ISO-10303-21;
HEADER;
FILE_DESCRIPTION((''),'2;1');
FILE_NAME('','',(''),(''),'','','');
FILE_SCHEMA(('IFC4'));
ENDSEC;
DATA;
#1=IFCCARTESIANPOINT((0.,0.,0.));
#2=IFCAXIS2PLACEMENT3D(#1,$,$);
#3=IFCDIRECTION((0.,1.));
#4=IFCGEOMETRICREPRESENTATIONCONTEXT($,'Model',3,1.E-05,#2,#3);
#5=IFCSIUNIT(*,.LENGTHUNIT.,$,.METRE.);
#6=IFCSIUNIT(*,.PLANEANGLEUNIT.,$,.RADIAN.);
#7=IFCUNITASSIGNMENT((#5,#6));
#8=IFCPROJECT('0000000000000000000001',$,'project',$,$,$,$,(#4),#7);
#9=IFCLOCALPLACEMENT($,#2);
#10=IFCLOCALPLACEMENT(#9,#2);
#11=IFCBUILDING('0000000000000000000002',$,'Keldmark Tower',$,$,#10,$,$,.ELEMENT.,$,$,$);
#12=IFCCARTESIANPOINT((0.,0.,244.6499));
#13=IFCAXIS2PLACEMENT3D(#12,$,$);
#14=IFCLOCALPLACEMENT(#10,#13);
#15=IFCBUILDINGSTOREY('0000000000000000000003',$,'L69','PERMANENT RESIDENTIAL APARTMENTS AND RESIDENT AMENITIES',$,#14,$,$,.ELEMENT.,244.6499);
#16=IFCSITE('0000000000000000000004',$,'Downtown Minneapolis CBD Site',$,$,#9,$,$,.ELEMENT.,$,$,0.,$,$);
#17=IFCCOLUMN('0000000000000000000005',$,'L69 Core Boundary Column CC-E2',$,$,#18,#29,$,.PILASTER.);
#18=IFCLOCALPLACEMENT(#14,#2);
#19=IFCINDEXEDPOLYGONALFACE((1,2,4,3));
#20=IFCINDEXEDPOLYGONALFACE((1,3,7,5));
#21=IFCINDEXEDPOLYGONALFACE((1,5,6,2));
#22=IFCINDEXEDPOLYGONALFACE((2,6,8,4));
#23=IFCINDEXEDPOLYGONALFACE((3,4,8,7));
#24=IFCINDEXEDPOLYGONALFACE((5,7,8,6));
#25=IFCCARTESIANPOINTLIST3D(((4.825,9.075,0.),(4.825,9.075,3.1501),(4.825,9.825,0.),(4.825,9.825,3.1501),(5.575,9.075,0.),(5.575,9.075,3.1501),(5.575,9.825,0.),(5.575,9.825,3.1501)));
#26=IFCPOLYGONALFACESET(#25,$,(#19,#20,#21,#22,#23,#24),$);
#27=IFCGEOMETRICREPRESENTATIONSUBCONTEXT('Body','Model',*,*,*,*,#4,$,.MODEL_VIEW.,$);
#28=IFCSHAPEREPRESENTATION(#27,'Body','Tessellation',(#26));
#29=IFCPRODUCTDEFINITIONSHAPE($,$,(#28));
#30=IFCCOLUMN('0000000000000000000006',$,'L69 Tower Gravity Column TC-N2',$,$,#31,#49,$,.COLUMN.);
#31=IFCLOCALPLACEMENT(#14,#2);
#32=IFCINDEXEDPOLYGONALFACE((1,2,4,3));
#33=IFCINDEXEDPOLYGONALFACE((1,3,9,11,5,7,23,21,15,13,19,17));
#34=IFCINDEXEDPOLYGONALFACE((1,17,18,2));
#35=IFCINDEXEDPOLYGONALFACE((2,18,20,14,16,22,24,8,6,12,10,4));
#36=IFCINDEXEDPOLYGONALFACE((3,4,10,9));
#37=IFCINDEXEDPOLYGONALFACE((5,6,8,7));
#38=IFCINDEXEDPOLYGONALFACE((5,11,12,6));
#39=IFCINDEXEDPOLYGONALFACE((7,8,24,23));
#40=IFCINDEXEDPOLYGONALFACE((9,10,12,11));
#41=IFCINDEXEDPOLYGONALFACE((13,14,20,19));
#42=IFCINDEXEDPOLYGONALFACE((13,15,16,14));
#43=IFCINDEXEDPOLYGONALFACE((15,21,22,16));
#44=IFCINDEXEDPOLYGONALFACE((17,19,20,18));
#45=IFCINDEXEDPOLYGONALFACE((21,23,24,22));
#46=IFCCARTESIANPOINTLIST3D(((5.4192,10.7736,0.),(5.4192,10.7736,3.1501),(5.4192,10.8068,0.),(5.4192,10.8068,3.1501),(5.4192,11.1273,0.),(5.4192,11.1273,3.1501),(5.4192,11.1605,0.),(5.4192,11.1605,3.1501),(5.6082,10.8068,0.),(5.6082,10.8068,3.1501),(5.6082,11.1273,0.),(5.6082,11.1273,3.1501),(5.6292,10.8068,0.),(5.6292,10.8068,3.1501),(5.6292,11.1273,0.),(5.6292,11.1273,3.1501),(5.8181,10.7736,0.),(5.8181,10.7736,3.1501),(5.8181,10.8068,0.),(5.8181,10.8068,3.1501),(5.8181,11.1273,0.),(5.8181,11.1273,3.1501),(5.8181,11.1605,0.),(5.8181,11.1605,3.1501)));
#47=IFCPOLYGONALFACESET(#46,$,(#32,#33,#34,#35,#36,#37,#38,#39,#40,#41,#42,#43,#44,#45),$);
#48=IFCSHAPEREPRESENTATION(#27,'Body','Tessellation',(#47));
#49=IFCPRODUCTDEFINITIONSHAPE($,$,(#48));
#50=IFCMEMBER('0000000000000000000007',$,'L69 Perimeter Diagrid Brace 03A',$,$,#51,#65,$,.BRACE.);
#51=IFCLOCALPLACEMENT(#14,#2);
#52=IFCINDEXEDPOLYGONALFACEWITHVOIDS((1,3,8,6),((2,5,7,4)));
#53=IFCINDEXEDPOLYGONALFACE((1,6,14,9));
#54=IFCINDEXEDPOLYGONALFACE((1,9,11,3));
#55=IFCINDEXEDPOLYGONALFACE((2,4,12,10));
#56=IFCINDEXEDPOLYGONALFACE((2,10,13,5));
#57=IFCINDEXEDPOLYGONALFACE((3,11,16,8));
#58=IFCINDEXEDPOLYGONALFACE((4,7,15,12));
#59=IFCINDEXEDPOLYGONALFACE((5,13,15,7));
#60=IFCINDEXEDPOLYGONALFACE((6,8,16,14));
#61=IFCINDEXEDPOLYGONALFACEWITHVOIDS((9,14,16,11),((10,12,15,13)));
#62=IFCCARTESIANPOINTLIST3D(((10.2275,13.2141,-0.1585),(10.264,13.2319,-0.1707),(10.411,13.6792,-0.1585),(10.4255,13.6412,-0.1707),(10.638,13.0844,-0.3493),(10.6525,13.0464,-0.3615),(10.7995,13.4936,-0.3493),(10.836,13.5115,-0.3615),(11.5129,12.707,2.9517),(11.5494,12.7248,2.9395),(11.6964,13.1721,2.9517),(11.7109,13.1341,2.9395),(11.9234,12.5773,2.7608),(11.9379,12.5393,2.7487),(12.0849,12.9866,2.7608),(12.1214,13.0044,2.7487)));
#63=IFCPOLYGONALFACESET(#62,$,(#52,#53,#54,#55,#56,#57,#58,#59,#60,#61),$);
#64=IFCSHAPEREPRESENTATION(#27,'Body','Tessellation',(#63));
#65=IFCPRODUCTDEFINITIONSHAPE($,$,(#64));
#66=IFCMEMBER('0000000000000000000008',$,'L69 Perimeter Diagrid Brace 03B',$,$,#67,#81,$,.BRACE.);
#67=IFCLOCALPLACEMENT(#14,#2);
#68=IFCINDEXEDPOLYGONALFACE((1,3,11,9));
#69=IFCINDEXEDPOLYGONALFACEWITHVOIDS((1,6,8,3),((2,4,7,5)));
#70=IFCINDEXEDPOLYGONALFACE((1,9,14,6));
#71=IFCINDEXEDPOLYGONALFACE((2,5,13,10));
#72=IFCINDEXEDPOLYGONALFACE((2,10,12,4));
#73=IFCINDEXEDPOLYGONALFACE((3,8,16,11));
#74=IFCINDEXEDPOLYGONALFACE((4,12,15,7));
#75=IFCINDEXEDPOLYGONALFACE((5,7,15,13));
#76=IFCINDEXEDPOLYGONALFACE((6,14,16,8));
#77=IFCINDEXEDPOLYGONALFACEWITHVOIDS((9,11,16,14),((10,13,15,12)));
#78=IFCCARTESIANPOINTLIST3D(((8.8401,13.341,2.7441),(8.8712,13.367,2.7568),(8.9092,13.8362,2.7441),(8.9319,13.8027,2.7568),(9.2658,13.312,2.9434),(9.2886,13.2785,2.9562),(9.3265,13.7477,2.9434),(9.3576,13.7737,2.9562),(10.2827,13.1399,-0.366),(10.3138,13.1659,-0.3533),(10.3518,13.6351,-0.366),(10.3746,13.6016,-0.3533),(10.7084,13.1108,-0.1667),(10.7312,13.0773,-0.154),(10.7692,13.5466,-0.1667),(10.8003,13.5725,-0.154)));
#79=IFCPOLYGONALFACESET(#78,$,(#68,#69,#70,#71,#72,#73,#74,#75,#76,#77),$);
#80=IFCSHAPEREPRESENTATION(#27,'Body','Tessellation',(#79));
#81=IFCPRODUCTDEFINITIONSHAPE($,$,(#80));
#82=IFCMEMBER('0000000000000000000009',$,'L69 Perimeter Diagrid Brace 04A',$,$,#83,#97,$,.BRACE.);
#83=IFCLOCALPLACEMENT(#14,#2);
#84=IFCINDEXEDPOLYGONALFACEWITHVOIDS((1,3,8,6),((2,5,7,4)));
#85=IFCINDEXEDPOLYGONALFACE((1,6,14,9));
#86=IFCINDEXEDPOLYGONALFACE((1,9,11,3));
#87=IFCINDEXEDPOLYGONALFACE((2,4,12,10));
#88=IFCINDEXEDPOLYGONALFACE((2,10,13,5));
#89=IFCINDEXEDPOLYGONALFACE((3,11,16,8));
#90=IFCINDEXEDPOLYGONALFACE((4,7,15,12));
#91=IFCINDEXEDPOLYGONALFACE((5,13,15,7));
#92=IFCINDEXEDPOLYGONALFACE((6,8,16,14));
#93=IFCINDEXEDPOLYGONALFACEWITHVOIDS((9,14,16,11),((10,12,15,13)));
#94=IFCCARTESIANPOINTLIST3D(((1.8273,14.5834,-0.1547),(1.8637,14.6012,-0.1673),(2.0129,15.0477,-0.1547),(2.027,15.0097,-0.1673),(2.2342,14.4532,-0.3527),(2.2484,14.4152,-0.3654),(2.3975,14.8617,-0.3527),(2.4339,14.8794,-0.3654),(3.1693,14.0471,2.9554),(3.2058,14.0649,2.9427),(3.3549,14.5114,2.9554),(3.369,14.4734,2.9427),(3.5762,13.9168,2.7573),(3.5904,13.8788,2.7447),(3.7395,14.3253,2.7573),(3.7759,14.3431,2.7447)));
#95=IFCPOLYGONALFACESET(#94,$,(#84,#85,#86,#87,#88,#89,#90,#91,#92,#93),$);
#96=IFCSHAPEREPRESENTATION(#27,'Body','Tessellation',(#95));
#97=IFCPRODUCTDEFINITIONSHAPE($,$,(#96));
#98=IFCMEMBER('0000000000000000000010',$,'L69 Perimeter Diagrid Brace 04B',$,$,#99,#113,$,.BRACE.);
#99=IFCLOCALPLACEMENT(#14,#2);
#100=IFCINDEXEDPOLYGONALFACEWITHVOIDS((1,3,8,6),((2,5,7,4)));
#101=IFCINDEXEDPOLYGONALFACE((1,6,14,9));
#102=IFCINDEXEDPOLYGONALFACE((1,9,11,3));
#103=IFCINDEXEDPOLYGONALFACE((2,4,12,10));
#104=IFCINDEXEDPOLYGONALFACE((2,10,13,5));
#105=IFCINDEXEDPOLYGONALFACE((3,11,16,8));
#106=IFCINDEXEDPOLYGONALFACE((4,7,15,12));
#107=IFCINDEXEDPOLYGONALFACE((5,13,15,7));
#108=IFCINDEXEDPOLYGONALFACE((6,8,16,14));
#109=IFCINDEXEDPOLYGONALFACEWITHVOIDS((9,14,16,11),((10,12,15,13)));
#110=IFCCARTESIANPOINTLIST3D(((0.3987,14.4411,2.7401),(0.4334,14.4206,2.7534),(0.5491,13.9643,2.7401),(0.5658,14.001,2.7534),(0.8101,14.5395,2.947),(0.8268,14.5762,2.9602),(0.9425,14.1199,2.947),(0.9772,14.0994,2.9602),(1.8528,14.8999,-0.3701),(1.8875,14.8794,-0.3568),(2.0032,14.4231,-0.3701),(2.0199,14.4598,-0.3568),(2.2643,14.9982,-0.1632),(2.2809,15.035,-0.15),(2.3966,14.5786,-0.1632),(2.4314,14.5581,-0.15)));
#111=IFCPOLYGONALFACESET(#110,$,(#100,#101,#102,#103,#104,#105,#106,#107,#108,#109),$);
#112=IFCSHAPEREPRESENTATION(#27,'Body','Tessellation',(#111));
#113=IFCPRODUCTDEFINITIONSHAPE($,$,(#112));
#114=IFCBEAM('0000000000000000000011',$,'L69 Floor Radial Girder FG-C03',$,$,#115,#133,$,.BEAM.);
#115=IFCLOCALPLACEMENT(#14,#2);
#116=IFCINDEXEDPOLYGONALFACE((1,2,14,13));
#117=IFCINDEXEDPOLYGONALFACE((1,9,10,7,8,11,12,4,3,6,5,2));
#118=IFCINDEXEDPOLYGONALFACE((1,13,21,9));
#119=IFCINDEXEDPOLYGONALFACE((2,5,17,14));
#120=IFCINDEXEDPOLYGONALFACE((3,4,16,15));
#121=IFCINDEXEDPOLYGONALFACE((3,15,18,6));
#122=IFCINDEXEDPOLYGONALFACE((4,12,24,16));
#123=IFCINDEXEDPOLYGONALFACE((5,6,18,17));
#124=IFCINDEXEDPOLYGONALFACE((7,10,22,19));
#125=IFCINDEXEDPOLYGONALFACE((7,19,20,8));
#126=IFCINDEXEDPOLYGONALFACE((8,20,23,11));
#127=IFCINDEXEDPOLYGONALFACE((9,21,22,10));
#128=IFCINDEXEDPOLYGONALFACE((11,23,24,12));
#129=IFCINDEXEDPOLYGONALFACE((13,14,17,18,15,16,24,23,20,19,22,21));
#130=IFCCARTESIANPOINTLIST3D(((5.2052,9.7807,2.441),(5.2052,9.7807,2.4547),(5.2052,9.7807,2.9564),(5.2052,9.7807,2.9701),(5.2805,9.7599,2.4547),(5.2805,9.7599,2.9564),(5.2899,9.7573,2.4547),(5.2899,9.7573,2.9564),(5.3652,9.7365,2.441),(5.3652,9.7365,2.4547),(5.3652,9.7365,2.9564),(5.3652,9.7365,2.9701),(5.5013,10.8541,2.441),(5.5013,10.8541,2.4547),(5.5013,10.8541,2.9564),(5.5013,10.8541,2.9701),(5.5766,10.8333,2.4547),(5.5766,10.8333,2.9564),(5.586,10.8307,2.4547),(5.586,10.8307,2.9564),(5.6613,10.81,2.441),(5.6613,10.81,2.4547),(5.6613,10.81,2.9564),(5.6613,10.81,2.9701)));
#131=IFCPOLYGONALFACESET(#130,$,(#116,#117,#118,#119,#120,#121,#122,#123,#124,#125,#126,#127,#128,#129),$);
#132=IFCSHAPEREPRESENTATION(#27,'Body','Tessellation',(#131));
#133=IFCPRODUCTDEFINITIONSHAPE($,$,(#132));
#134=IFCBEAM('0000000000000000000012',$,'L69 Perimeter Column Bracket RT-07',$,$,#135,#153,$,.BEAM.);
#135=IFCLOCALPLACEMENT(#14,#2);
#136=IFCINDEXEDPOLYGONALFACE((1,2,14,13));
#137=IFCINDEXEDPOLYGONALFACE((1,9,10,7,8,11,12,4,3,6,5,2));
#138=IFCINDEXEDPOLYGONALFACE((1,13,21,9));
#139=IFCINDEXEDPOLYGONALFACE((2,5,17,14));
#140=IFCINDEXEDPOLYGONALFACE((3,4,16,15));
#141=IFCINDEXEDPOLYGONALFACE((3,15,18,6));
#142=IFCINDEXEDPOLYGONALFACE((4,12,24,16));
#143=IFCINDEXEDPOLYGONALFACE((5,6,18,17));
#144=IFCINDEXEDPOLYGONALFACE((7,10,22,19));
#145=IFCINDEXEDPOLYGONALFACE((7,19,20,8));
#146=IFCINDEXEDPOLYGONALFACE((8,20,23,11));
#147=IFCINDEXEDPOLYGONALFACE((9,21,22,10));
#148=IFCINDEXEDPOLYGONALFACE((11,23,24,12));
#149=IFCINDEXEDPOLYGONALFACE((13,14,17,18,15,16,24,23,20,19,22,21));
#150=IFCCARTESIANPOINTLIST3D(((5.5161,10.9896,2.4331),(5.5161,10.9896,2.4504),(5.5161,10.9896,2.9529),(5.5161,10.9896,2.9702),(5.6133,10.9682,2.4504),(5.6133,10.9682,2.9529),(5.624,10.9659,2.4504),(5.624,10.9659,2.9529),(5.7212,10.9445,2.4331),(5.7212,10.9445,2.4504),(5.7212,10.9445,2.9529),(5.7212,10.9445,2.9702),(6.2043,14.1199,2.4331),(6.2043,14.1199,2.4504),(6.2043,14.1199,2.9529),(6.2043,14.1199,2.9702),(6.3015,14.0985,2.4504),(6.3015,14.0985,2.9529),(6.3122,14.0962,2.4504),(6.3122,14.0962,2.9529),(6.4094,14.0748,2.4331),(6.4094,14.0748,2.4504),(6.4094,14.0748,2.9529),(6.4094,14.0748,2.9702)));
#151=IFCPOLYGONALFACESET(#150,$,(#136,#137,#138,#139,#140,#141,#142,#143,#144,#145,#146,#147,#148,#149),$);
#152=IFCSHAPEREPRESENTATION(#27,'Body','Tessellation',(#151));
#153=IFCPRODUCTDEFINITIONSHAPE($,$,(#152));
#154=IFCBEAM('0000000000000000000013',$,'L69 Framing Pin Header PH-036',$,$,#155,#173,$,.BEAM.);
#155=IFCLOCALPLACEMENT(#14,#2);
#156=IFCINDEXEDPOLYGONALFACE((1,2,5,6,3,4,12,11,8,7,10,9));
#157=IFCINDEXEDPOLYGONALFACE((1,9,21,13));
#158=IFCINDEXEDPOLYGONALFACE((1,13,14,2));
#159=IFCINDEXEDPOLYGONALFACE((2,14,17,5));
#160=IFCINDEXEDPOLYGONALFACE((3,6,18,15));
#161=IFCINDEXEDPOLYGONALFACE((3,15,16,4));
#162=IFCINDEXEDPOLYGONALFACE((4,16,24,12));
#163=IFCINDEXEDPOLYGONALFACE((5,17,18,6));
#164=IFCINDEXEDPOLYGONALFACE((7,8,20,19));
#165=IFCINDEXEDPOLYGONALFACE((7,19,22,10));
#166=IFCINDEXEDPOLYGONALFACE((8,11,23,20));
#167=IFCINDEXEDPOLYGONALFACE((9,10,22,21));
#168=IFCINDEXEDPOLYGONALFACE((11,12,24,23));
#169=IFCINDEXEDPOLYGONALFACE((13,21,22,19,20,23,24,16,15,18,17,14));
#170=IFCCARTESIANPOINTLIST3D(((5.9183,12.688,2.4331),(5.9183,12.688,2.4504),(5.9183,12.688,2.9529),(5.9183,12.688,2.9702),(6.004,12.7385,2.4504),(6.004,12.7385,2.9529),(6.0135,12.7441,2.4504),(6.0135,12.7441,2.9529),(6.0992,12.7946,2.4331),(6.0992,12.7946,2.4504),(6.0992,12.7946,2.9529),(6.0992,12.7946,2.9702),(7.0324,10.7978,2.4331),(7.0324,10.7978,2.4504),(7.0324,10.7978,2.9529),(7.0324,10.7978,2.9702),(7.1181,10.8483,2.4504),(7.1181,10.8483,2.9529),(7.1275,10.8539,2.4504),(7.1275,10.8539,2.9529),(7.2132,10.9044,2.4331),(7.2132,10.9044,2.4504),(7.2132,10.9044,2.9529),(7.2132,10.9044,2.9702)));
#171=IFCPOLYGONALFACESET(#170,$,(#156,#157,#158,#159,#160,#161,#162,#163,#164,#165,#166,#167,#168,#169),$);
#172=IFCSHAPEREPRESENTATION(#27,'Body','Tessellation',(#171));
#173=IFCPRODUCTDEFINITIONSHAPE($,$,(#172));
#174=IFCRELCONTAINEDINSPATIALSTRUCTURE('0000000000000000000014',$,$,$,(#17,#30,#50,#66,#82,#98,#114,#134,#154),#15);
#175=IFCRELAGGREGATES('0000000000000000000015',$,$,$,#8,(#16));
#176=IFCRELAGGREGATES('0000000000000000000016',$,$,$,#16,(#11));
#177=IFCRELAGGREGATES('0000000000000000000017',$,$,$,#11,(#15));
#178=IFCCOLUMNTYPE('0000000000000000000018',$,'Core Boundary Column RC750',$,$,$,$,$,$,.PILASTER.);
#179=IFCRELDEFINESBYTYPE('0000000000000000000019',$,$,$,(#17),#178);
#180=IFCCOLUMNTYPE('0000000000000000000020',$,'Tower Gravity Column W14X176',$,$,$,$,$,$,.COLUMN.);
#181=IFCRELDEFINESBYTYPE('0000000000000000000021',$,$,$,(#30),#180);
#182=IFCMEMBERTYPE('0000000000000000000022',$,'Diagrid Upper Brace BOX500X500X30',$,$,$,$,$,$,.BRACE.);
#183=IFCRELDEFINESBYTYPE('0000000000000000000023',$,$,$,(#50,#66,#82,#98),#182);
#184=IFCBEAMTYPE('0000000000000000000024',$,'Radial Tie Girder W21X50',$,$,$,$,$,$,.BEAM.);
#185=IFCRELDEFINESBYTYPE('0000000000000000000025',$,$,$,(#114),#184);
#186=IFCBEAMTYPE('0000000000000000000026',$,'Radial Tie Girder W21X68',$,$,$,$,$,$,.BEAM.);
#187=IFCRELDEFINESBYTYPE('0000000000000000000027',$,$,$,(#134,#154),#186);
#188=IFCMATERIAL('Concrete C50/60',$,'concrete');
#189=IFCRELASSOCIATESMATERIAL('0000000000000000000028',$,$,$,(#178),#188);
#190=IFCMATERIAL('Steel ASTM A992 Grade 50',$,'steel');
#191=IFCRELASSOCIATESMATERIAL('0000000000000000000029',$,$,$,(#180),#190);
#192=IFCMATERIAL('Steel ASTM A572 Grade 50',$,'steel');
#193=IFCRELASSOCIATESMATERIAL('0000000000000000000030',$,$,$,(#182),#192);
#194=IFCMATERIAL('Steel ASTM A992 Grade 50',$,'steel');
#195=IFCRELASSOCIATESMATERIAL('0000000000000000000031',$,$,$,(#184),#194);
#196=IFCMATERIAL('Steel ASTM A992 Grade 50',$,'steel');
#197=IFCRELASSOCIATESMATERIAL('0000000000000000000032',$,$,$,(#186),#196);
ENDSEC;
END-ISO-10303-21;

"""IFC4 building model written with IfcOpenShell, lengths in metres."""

from ifc_helpers import new_model, si_unit, direction, frame, origin, origin_2d, place, context, subcontext, project, spatial, rectangle, hollow_rectangle, i_section, extrude, material, material_profile, profile_set, type_object, element, save


model = new_model("IFC4")

# Units and contexts
model_context = context("Model", 3, precision=1e-05, world=origin(), true_north=direction((0.0, 1.0)))
body_context = subcontext(model_context, "Body", "Model", "MODEL_VIEW")
ifc_project = project(units=[si_unit("LENGTHUNIT", "METRE"), si_unit("PLANEANGLEUNIT", "RADIAN")], contexts=[model_context])

# Site, building, storey
site_placement = place(None, origin())
site = spatial("IfcSite", under=ifc_project, at=site_placement, Name="Downtown Minneapolis CBD Site", CompositionType="ELEMENT", RefElevation=0.0)
building_placement = place(site_placement, origin())
building = spatial("IfcBuilding", under=site, at=building_placement, Name="Keldmark Tower", CompositionType="ELEMENT")
storey_placement = place(building_placement, frame((0.0, 0.0, 244.6499)))
storey = spatial("IfcBuildingStorey", under=building, at=storey_placement, Name="L69", Description="PERMANENT RESIDENTIAL APARTMENTS AND RESIDENT AMENITIES", CompositionType="ELEMENT", Elevation=244.6499)

# Columns
ifc_material_1 = material(Name="Concrete C50/60", Category="concrete")
ifc_material_profile_1 = material_profile(ifc_material_1, rectangle(XDim=0.75, YDim=0.75, at=origin_2d()), Name="RC750X750")
ifc_profile_set_1 = profile_set([ifc_material_profile_1], Name="Concrete C50/60")
column_type_1 = type_object("IfcColumnType", Name="Core Boundary Column RC750", PredefinedType="PILASTER", material=ifc_profile_set_1)
column_1_placement = place(storey_placement, frame((5.2, 9.45, 0.0), z_axis=(0.0, 0.0, 1.0), x_axis=(1.0, 0.0, 0.0)))
element("IfcColumn", 1, at=column_1_placement, inside=storey, type_object=column_type_1, Name="L69 Core Boundary Column CC-E2", PredefinedType="PILASTER", context=body_context, shape_type="SweptSolid", body=[
    extrude(rectangle(XDim=0.75, YDim=0.75, at=origin_2d()), origin(), (0.0, 0.0, 1.0), 3.1501),
])
ifc_material_2 = material(Name="Steel ASTM A992 Grade 50", Category="steel")
ifc_material_profile_2 = material_profile(ifc_material_2, i_section(OverallWidth=0.3989, OverallDepth=0.387, WebThickness=0.021, FlangeThickness=0.0332, at=origin_2d()), Name="W14X176")
ifc_profile_set_2 = profile_set([ifc_material_profile_2], Name="Steel ASTM A992 Grade 50")
column_type_2 = type_object("IfcColumnType", Name="Tower Gravity Column W14X176", PredefinedType="COLUMN", material=ifc_profile_set_2)
column_2_placement = place(storey_placement, frame((5.6187, 10.967, 0.0), z_axis=(0.0, 0.0, 1.0), x_axis=(1.0, 0.0, 0.0)))
element("IfcColumn", 2, at=column_2_placement, inside=storey, type_object=column_type_2, Name="L69 Tower Gravity Column TC-N2", PredefinedType="COLUMN", context=body_context, shape_type="SweptSolid", body=[
    extrude(i_section(OverallWidth=0.3989, OverallDepth=0.387, WebThickness=0.021, FlangeThickness=0.0332, at=origin_2d()), origin(), (0.0, 0.0, 1.0), 3.1501),
])

# Members
ifc_material_3 = material(Name="Steel ASTM A572 Grade 50", Category="steel")
ifc_material_profile_3 = material_profile(ifc_material_3, hollow_rectangle(XDim=0.5, YDim=0.5, WallThickness=0.03, at=origin_2d()), Name="BOX500X500X30")
ifc_profile_set_3 = profile_set([ifc_material_profile_3], Name="Steel ASTM A572 Grade 50")
member_type = type_object("IfcMemberType", Name="Diagrid Upper Brace BOX500X500X30", PredefinedType="BRACE", material=ifc_profile_set_3)
member_1_placement = place(storey_placement, frame((10.5317, 13.3628, -0.26), z_axis=(0.377697, -0.148999, 0.913862), x_axis=(0.366969, 0.930233, 0.0)))
element("IfcMember", 3, at=member_1_placement, inside=storey, type_object=member_type, Name="L69 Perimeter Diagrid Brace 03A", PredefinedType="BRACE", context=body_context, shape_type="SweptSolid", body=[
    extrude(hollow_rectangle(XDim=0.5, YDim=0.5, WallThickness=0.03, at=origin_2d()), origin(), (0.0, 0.0, 1.0), 3.4033),
])
member_2_placement = place(storey_placement, frame((10.5415, 13.3562, -0.26), z_axis=(-0.420064, 0.058577, 0.905602), x_axis=(-0.138112, -0.990417, 0.0)))
element("IfcMember", 4, at=member_2_placement, inside=storey, type_object=member_type, Name="L69 Perimeter Diagrid Brace 03B", PredefinedType="BRACE", context=body_context, shape_type="SweptSolid", body=[
    extrude(hollow_rectangle(XDim=0.5, YDim=0.5, WallThickness=0.03, at=origin_2d()), origin(), (0.0, 0.0, 1.0), 3.4343),
])
member_3_placement = place(storey_placement, frame((2.1306, 14.7314, -0.26), z_axis=(0.391321, -0.1564, 0.906866), x_axis=(0.371129, 0.928582, 0.0)))
element("IfcMember", 5, at=member_3_placement, inside=storey, type_object=member_type, Name="L69 Perimeter Diagrid Brace 04A", PredefinedType="BRACE", context=body_context, shape_type="SweptSolid", body=[
    extrude(hollow_rectangle(XDim=0.5, YDim=0.5, WallThickness=0.03, at=origin_2d()), origin(), (0.0, 0.0, 1.0), 3.4294),
])
member_4_placement = place(storey_placement, frame((2.1421, 14.729, -0.26), z_axis=(-0.419805, -0.13244, 0.8979), x_axis=(0.300863, -0.953667, 0.0)))
element("IfcMember", 6, at=member_4_placement, inside=storey, type_object=member_type, Name="L69 Perimeter Diagrid Brace 04B", PredefinedType="BRACE", context=body_context, shape_type="SweptSolid", body=[
    extrude(hollow_rectangle(XDim=0.5, YDim=0.5, WallThickness=0.03, at=origin_2d()), origin(), (0.0, 0.0, 1.0), 3.4639),
])

# Beams
ifc_material_4 = material(Name="Steel ASTM A992 Grade 50", Category="steel")
ifc_material_profile_4 = material_profile(ifc_material_4, i_section(OverallWidth=0.166, OverallDepth=0.5291, WebThickness=0.0098, FlangeThickness=0.0137, at=origin_2d()), Name="W21X50")
ifc_profile_set_4 = profile_set([ifc_material_profile_4], Name="Steel ASTM A992 Grade 50")
beam_type_1 = type_object("IfcBeamType", Name="Radial Tie Girder W21X50", PredefinedType="BEAM", material=ifc_profile_set_4)
beam_1_placement = place(storey_placement, frame((5.5813, 10.832, 2.7056), z_axis=(-0.265936, -0.963991, 0.0), x_axis=(0.963991, -0.265936, 0.0)))
element("IfcBeam", 7, at=beam_1_placement, inside=storey, type_object=beam_type_1, Name="L69 Floor Radial Girder FG-C03", PredefinedType="BEAM", context=body_context, shape_type="SweptSolid", body=[
    extrude(i_section(OverallWidth=0.166, OverallDepth=0.5291, WebThickness=0.0098, FlangeThickness=0.0137, at=origin_2d()), origin(), (0.0, 0.0, 1.0), 1.1135),
])
ifc_material_5 = material(Name="Steel ASTM A992 Grade 50", Category="steel")
ifc_material_profile_5 = material_profile(ifc_material_5, i_section(OverallWidth=0.21, OverallDepth=0.5371, WebThickness=0.011, FlangeThickness=0.0173, at=origin_2d()), Name="W21X68")
ifc_profile_set_5 = profile_set([ifc_material_profile_5], Name="Steel ASTM A992 Grade 50")
beam_type_2 = type_object("IfcBeamType", Name="Radial Tie Girder W21X68", PredefinedType="BEAM", material=ifc_profile_set_5)
beam_2_placement = place(storey_placement, frame((5.6187, 10.967, 2.7017), z_axis=(0.214728, 0.976674, 0.0), x_axis=(-0.976674, 0.214728, 0.0)))
element("IfcBeam", 8, at=beam_2_placement, inside=storey, type_object=beam_type_2, Name="L69 Perimeter Column Bracket RT-07", PredefinedType="BEAM", context=body_context, shape_type="SweptSolid", body=[
    extrude(i_section(OverallWidth=0.21, OverallDepth=0.5371, WebThickness=0.011, FlangeThickness=0.0173, at=origin_2d()), origin(), (0.0, 0.0, 1.0), 3.2051),
])
beam_3_placement = place(storey_placement, frame((7.1228, 10.8511, 2.7017), z_axis=(-0.507754, 0.861502, 0.0), x_axis=(-0.861502, -0.507754, 0.0)))
element("IfcBeam", 9, at=beam_3_placement, inside=storey, type_object=beam_type_2, Name="L69 Framing Pin Header PH-036", PredefinedType="BEAM", context=body_context, shape_type="SweptSolid", body=[
    extrude(i_section(OverallWidth=0.21, OverallDepth=0.5371, WebThickness=0.011, FlangeThickness=0.0173, at=origin_2d()), origin(), (0.0, 0.0, 1.0), 2.1941),
])

save(model, "model.ifc")
